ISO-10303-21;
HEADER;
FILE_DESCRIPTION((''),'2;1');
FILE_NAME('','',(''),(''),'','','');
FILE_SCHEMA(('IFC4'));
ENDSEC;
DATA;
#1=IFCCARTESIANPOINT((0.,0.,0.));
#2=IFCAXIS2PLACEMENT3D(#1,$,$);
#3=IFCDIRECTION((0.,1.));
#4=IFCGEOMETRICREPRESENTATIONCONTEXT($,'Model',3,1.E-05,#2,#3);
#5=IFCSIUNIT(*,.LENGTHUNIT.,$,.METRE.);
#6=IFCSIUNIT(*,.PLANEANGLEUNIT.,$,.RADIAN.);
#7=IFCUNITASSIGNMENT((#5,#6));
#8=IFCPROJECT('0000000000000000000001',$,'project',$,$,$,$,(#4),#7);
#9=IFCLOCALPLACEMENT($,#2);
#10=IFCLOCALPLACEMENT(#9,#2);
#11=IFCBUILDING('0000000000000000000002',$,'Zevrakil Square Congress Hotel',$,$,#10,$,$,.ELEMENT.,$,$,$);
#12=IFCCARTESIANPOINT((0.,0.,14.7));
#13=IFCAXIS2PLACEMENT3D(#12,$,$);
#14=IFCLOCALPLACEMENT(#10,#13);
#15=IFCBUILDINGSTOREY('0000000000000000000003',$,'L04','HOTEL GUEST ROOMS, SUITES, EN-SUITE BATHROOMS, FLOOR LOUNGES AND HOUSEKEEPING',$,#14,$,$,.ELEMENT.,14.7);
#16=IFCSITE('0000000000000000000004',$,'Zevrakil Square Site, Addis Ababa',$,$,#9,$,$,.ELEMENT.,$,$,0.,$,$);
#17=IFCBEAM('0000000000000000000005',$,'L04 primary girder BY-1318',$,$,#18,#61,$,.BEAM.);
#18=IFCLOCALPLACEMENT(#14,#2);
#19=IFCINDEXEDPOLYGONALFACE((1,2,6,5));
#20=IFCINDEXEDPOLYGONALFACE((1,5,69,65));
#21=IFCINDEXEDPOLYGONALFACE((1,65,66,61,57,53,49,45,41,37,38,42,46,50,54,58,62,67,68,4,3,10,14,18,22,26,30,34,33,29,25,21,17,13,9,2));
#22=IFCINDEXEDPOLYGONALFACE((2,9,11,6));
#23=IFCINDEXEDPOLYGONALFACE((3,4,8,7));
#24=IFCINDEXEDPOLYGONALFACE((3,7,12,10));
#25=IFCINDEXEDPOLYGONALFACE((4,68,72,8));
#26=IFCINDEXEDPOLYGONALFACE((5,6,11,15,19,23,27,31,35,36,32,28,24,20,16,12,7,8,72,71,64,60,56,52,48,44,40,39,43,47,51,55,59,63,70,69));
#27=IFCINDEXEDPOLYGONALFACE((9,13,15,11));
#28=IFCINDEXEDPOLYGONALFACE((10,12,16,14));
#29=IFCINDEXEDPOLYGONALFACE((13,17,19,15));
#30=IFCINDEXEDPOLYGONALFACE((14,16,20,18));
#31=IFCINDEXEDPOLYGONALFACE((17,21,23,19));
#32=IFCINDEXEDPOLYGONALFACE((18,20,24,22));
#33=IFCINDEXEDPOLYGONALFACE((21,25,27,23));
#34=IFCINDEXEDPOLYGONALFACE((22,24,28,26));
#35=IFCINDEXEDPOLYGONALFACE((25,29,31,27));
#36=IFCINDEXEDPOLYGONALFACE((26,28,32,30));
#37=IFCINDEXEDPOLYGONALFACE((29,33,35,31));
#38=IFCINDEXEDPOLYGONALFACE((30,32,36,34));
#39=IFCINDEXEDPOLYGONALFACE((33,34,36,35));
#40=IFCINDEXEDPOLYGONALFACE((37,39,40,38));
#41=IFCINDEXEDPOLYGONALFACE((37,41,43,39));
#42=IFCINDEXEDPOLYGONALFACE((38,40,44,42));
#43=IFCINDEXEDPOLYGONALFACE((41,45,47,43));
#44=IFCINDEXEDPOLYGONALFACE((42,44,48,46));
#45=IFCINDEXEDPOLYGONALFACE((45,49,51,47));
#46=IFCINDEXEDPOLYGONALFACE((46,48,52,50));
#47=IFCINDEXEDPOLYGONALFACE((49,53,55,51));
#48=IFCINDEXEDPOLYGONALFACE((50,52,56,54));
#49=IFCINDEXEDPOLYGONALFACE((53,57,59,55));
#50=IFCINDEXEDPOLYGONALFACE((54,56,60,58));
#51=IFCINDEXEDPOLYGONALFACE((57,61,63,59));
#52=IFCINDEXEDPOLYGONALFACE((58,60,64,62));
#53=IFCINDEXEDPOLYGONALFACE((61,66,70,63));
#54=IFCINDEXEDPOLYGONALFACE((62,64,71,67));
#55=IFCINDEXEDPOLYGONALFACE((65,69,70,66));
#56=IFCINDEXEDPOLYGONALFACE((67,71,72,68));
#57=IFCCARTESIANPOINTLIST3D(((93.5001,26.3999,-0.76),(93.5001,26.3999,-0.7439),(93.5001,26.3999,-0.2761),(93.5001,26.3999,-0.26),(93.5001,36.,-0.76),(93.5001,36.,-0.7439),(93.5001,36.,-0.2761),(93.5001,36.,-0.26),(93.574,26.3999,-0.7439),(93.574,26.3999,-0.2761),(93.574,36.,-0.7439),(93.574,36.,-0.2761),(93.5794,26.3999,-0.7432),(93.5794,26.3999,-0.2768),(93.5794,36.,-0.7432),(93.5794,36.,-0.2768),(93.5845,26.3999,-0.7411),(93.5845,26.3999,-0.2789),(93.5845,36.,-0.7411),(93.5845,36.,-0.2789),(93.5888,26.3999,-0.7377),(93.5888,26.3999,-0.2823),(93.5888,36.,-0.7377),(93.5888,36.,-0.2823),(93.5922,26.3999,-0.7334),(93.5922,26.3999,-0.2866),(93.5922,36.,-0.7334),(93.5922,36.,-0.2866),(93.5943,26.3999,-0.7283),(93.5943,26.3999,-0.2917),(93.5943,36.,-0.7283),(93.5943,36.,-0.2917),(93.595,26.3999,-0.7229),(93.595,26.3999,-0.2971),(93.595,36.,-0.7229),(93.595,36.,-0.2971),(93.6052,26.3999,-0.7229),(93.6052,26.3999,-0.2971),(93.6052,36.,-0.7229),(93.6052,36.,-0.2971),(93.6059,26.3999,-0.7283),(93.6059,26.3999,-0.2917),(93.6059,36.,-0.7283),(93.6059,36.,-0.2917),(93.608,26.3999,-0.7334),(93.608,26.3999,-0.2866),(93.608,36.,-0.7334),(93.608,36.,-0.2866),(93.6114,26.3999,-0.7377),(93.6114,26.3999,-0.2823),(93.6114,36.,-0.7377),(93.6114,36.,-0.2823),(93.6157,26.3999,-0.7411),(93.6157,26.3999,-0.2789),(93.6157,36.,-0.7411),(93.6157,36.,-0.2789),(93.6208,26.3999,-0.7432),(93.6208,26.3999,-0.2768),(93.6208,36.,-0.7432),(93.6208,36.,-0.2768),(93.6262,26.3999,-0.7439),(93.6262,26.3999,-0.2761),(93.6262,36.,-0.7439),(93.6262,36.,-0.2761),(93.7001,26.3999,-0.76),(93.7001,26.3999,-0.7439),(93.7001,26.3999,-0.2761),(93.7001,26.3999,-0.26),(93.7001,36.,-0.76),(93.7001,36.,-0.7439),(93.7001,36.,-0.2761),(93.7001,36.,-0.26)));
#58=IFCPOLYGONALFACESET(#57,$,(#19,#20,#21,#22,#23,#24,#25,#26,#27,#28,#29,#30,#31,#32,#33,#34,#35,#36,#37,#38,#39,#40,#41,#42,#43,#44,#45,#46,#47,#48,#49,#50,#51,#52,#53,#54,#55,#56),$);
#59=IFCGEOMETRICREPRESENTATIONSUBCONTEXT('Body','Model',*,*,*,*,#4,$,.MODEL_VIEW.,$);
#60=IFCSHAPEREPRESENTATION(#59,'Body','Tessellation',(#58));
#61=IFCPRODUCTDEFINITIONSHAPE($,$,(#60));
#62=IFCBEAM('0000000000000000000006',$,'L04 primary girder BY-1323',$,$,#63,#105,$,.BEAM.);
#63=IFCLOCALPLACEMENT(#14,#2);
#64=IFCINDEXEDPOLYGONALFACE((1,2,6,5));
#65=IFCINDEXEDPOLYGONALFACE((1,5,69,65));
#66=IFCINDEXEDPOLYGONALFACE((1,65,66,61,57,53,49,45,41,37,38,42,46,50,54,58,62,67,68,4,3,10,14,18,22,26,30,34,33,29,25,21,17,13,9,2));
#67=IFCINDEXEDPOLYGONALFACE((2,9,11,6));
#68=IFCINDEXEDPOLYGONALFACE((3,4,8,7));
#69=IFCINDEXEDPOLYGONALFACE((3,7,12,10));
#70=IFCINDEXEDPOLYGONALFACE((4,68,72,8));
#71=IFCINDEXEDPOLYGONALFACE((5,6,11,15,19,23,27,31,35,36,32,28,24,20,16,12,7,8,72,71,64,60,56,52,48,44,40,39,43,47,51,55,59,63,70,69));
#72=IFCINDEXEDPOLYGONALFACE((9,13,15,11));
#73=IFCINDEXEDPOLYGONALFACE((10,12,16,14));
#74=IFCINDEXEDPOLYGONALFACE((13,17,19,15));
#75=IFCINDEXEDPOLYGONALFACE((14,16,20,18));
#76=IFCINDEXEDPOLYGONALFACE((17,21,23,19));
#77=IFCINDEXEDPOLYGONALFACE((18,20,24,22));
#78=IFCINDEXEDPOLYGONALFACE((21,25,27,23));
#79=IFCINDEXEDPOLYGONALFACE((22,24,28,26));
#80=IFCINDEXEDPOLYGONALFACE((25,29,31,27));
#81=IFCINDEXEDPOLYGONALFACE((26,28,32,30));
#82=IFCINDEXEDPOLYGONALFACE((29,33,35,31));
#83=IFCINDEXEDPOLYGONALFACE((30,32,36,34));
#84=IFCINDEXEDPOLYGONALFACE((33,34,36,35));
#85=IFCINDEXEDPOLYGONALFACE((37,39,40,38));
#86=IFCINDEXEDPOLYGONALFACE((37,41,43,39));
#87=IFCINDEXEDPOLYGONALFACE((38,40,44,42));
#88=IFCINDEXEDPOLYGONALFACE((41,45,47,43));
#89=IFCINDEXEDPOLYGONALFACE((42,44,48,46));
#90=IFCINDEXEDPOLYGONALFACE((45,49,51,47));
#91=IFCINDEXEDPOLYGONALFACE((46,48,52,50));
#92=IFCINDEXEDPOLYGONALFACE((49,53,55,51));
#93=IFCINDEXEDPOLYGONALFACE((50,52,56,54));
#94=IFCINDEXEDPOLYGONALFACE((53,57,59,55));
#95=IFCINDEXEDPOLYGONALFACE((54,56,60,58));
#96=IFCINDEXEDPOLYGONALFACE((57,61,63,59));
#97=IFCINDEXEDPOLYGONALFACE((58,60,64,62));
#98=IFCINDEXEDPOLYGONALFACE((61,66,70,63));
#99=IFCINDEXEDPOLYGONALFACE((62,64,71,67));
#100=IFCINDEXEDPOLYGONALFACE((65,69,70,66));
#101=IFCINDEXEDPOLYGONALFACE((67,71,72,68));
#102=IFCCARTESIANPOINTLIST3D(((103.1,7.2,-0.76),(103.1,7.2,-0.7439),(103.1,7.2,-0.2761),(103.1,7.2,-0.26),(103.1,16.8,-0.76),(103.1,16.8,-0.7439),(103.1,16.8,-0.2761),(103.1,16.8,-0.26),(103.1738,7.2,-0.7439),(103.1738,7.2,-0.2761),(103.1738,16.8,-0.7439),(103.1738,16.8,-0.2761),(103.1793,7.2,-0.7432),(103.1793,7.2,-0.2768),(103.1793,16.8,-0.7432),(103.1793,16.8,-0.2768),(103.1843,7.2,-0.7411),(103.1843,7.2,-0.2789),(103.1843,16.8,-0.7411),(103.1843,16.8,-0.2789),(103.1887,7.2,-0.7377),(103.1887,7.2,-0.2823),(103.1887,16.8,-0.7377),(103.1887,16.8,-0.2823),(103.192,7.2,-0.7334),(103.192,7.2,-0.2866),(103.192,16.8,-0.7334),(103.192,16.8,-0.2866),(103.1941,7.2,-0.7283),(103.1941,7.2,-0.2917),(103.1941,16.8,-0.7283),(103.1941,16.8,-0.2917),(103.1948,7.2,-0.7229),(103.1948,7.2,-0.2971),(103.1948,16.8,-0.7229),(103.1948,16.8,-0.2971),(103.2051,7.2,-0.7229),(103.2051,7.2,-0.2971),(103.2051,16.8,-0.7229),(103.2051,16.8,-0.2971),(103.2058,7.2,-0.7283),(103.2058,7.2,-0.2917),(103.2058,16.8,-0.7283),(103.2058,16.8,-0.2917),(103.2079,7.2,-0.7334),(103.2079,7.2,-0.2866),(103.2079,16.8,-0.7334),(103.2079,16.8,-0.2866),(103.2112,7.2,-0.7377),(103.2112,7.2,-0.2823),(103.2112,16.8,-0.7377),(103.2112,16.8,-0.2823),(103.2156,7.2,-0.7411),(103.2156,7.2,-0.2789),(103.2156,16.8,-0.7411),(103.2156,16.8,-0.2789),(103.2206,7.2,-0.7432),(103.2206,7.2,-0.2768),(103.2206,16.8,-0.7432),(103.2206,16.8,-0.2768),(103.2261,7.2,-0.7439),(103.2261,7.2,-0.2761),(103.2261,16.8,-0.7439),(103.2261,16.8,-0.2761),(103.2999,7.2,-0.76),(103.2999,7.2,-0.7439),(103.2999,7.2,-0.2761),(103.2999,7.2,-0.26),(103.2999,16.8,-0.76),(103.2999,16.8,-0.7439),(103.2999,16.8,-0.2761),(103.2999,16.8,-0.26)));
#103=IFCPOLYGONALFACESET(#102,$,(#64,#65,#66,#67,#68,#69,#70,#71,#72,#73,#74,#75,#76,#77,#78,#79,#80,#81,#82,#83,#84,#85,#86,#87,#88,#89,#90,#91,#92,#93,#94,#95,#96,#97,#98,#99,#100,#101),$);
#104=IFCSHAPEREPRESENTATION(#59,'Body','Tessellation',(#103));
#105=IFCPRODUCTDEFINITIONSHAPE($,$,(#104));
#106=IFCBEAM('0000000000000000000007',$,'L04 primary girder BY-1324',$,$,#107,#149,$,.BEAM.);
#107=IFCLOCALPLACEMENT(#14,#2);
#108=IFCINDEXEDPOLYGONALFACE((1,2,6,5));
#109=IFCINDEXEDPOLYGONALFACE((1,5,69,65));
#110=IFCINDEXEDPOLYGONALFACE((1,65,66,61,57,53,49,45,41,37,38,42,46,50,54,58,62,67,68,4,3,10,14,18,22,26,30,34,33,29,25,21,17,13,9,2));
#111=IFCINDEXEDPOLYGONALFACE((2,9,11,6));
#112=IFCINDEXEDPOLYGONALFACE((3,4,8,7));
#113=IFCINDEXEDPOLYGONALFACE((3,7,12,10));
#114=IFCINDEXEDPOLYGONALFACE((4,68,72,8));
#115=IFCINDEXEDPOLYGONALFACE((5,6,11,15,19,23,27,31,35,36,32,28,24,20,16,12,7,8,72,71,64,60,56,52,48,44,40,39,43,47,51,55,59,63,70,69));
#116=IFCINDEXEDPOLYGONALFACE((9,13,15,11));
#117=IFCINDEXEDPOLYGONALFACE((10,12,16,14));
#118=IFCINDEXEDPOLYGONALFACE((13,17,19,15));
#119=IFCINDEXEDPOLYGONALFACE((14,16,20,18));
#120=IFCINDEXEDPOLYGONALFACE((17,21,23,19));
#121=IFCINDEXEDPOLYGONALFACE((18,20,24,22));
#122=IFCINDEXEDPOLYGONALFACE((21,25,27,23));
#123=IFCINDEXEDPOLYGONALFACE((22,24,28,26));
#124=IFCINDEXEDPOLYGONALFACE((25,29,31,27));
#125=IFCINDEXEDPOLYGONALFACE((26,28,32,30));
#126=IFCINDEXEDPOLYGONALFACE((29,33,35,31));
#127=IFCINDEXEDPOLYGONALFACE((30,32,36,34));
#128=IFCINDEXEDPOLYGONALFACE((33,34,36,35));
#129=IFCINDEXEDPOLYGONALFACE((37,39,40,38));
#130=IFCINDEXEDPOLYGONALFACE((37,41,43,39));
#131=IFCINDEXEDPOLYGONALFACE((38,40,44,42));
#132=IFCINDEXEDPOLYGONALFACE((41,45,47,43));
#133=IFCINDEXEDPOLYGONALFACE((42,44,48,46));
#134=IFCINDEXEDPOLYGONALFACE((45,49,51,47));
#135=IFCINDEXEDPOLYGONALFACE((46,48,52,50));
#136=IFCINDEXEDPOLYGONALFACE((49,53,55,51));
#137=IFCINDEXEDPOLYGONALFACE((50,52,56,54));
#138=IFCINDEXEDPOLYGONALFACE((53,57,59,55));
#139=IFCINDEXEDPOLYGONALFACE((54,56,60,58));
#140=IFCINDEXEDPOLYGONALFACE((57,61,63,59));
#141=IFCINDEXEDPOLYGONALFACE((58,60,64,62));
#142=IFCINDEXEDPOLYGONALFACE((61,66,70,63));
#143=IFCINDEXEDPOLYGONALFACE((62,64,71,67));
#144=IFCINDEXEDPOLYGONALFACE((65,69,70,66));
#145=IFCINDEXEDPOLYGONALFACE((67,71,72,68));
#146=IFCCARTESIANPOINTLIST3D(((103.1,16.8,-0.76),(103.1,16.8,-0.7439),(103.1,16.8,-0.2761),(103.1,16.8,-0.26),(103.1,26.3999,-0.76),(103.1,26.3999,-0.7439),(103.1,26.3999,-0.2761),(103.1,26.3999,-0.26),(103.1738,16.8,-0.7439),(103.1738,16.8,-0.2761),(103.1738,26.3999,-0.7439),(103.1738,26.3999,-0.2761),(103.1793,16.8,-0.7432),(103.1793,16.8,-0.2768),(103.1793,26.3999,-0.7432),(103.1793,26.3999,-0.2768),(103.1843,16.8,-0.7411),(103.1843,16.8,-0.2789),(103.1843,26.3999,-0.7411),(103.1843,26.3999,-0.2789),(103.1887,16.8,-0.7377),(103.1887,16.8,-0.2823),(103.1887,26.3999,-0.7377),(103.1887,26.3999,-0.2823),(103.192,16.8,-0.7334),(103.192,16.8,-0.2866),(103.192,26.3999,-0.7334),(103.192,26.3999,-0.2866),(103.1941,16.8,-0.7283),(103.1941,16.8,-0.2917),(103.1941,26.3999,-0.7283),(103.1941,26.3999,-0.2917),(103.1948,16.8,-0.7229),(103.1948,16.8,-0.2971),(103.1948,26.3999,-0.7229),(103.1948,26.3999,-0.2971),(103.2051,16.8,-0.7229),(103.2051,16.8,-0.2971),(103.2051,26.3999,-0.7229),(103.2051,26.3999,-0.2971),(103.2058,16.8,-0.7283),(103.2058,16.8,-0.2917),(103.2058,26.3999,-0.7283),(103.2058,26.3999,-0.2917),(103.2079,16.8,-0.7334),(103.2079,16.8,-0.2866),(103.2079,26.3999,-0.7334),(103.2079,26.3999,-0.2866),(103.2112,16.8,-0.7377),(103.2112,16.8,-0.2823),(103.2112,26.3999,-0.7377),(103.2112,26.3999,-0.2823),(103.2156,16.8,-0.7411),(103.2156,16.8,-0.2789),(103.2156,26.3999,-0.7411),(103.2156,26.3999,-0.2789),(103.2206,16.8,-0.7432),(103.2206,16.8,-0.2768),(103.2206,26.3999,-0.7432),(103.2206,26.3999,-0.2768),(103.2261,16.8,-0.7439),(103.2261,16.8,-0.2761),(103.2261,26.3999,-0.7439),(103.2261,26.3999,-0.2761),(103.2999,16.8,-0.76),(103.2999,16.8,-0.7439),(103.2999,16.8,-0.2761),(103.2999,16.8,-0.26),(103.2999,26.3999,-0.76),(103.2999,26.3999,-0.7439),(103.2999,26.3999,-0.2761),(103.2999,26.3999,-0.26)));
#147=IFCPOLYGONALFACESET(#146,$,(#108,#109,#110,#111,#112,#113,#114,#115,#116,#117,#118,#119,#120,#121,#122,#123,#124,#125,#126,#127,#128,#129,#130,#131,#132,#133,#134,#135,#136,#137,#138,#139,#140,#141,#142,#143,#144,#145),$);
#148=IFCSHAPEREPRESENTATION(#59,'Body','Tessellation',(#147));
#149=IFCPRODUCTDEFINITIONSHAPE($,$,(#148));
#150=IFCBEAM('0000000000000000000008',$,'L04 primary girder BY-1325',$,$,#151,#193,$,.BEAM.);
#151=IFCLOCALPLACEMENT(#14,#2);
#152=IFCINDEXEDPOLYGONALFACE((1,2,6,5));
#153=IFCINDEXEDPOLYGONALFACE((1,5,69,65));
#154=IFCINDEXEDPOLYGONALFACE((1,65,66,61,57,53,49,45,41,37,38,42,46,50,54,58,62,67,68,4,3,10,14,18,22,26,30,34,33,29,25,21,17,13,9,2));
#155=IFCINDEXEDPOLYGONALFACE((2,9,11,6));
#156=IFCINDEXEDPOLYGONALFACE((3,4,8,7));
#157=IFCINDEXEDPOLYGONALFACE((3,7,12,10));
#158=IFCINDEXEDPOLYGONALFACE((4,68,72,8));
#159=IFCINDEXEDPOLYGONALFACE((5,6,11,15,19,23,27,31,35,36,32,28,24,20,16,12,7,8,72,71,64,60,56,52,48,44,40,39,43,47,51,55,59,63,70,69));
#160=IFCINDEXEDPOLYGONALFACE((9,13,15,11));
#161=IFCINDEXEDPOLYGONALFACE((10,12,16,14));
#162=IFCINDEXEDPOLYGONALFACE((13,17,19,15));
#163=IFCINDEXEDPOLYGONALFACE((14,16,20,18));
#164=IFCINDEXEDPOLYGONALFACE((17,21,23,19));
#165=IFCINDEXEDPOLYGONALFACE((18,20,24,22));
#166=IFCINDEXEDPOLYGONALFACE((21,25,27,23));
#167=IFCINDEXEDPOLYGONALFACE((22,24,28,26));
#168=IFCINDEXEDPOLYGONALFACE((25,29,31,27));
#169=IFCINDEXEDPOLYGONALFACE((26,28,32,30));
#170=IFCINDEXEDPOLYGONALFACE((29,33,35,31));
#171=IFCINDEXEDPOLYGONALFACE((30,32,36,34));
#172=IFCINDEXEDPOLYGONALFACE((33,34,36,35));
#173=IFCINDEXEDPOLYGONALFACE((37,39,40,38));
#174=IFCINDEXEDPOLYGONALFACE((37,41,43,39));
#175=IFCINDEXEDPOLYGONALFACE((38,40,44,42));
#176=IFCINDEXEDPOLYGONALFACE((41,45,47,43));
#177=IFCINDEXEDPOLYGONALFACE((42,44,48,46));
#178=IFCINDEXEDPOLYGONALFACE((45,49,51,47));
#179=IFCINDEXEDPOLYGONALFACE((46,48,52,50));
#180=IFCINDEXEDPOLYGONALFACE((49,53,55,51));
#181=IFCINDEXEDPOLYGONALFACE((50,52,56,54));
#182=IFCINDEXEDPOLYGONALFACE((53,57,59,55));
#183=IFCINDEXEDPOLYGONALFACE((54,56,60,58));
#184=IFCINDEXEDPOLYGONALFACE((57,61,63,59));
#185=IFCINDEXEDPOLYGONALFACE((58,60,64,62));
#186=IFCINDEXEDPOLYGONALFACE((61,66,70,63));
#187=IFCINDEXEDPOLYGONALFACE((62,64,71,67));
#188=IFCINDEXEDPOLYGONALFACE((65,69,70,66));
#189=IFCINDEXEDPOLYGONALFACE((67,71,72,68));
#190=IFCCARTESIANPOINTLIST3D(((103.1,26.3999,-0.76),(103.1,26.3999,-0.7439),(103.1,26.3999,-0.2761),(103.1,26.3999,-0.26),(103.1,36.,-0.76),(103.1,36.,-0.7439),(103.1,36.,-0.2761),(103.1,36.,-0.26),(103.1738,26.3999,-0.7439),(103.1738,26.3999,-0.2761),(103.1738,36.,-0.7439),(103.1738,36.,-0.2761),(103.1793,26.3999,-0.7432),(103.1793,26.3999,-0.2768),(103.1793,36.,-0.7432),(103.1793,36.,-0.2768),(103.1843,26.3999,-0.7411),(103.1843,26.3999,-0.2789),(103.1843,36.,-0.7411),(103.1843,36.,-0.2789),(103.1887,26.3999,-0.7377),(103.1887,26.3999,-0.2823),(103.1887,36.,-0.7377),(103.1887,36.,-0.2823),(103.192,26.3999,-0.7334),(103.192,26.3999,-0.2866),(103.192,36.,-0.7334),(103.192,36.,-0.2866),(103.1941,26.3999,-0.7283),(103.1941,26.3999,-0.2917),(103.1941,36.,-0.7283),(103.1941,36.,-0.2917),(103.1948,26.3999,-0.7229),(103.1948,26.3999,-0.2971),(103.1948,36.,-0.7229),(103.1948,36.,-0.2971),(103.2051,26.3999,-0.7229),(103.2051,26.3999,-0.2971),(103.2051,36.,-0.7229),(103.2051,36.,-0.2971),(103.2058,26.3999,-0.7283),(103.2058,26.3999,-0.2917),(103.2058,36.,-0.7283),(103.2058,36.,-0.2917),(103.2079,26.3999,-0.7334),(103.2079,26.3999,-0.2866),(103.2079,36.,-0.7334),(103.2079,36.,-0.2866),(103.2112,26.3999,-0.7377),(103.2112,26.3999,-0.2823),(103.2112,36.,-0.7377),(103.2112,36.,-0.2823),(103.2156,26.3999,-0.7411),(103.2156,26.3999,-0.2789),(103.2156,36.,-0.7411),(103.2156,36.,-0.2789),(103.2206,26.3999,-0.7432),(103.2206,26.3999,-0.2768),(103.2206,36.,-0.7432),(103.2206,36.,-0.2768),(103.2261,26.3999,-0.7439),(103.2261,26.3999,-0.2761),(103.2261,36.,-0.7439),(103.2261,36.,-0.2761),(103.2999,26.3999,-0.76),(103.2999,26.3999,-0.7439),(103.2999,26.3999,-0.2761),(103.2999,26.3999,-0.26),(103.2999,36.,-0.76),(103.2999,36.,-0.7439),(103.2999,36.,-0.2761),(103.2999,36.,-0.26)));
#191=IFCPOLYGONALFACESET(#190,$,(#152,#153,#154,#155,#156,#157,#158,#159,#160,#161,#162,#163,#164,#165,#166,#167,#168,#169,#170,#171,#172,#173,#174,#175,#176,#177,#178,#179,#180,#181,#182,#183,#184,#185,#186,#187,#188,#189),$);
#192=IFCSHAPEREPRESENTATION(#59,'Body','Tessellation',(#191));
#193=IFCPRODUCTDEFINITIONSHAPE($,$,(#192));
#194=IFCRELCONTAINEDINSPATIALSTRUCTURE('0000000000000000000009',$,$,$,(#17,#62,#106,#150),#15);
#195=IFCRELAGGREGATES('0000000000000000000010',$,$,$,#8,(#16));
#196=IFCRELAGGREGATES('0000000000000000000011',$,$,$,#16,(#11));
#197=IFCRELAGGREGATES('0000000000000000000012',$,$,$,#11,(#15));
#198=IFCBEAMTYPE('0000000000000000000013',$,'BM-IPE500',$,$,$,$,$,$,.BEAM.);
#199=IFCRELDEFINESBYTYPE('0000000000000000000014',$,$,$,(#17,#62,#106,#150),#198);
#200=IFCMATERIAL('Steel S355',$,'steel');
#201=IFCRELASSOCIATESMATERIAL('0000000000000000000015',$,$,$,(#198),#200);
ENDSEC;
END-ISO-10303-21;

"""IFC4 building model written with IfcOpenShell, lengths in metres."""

from ifc_helpers import new_model, si_unit, direction, frame, origin, origin_2d, place, context, subcontext, project, spatial, i_section, extrude, material, material_profile, profile_set, type_object, element, save


model = new_model("IFC4")

# Units and contexts
model_context = context("Model", 3, precision=1e-05, world=origin(), true_north=direction((0.0, 1.0)))
body_context = subcontext(model_context, "Body", "Model", "MODEL_VIEW")
ifc_project = project(units=[si_unit("LENGTHUNIT", "METRE"), si_unit("PLANEANGLEUNIT", "RADIAN")], contexts=[model_context])

# Site, building, storey
site_placement = place(None, origin())
site = spatial("IfcSite", under=ifc_project, at=site_placement, Name="Zevrakil Square Site, Addis Ababa", CompositionType="ELEMENT", RefElevation=0.0)
building_placement = place(site_placement, origin())
building = spatial("IfcBuilding", under=site, at=building_placement, Name="Zevrakil Square Congress Hotel", CompositionType="ELEMENT")
storey_placement = place(building_placement, frame((0.0, 0.0, 14.7)))
storey = spatial("IfcBuildingStorey", under=building, at=storey_placement, Name="L04", Description="HOTEL GUEST ROOMS, SUITES, EN-SUITE BATHROOMS, FLOOR LOUNGES AND HOUSEKEEPING", CompositionType="ELEMENT", Elevation=14.7)

# Beams
ifc_material_1 = material(Name="Steel S355", Category="steel")
ifc_material_profile_1 = material_profile(ifc_material_1, i_section(OverallWidth=0.2, OverallDepth=0.5, WebThickness=0.0103, FlangeThickness=0.0161, FilletRadius=0.021, at=origin_2d()), Name="IPE 500")
ifc_profile_set_1 = profile_set([ifc_material_profile_1], Name="Steel S355")
beam_type_1 = type_object("IfcBeamType", Name="BM-IPE500", PredefinedType="BEAM", material=ifc_profile_set_1)
for number, where, z_axis, x_axis, name in (
    (1, (93.6001, 26.3999, -0.51), (0.0, 1.0, 0.0), (-1.0, 0.0, 0.0), "L04 primary girder BY-1318"),
    (2, (103.2, 7.2, -0.51), (0.0, 1.0, 0.0), (-1.0, 0.0, 0.0), "L04 primary girder BY-1323"),
):
    element("IfcBeam", number, at=place(storey_placement, frame(where, z_axis=z_axis, x_axis=x_axis)), inside=storey, type_object=beam_type_1, Name=name, PredefinedType="BEAM", context=body_context, shape_type="SweptSolid", body=[
        extrude(i_section(OverallWidth=0.2, OverallDepth=0.5, WebThickness=0.0103, FlangeThickness=0.0161, FilletRadius=0.021, at=origin_2d()), origin(), (0.0, 0.0, 1.0), 9.6001),
    ])
beam_1_placement = place(storey_placement, frame((103.2, 16.8, -0.51), z_axis=(0.0, 1.0, 0.0), x_axis=(-1.0, 0.0, 0.0)))
element("IfcBeam", 3, at=beam_1_placement, inside=storey, type_object=beam_type_1, Name="L04 primary girder BY-1324", PredefinedType="BEAM", context=body_context, shape_type="SweptSolid", body=[
    extrude(i_section(OverallWidth=0.2, OverallDepth=0.5, WebThickness=0.0103, FlangeThickness=0.0161, FilletRadius=0.021, at=origin_2d()), origin(), (0.0, 0.0, 1.0), 9.5999),
])
for number, where, z_axis, x_axis, name in (
    (4, (103.2, 26.3999, -0.51), (0.0, 1.0, 0.0), (-1.0, 0.0, 0.0), "L04 primary girder BY-1325"),
):
    element("IfcBeam", number, at=place(storey_placement, frame(where, z_axis=z_axis, x_axis=x_axis)), inside=storey, type_object=beam_type_1, Name=name, PredefinedType="BEAM", context=body_context, shape_type="SweptSolid", body=[
        extrude(i_section(OverallWidth=0.2, OverallDepth=0.5, WebThickness=0.0103, FlangeThickness=0.0161, FilletRadius=0.021, at=origin_2d()), origin(), (0.0, 0.0, 1.0), 9.6001),
    ])

save(model, "model.ifc")
